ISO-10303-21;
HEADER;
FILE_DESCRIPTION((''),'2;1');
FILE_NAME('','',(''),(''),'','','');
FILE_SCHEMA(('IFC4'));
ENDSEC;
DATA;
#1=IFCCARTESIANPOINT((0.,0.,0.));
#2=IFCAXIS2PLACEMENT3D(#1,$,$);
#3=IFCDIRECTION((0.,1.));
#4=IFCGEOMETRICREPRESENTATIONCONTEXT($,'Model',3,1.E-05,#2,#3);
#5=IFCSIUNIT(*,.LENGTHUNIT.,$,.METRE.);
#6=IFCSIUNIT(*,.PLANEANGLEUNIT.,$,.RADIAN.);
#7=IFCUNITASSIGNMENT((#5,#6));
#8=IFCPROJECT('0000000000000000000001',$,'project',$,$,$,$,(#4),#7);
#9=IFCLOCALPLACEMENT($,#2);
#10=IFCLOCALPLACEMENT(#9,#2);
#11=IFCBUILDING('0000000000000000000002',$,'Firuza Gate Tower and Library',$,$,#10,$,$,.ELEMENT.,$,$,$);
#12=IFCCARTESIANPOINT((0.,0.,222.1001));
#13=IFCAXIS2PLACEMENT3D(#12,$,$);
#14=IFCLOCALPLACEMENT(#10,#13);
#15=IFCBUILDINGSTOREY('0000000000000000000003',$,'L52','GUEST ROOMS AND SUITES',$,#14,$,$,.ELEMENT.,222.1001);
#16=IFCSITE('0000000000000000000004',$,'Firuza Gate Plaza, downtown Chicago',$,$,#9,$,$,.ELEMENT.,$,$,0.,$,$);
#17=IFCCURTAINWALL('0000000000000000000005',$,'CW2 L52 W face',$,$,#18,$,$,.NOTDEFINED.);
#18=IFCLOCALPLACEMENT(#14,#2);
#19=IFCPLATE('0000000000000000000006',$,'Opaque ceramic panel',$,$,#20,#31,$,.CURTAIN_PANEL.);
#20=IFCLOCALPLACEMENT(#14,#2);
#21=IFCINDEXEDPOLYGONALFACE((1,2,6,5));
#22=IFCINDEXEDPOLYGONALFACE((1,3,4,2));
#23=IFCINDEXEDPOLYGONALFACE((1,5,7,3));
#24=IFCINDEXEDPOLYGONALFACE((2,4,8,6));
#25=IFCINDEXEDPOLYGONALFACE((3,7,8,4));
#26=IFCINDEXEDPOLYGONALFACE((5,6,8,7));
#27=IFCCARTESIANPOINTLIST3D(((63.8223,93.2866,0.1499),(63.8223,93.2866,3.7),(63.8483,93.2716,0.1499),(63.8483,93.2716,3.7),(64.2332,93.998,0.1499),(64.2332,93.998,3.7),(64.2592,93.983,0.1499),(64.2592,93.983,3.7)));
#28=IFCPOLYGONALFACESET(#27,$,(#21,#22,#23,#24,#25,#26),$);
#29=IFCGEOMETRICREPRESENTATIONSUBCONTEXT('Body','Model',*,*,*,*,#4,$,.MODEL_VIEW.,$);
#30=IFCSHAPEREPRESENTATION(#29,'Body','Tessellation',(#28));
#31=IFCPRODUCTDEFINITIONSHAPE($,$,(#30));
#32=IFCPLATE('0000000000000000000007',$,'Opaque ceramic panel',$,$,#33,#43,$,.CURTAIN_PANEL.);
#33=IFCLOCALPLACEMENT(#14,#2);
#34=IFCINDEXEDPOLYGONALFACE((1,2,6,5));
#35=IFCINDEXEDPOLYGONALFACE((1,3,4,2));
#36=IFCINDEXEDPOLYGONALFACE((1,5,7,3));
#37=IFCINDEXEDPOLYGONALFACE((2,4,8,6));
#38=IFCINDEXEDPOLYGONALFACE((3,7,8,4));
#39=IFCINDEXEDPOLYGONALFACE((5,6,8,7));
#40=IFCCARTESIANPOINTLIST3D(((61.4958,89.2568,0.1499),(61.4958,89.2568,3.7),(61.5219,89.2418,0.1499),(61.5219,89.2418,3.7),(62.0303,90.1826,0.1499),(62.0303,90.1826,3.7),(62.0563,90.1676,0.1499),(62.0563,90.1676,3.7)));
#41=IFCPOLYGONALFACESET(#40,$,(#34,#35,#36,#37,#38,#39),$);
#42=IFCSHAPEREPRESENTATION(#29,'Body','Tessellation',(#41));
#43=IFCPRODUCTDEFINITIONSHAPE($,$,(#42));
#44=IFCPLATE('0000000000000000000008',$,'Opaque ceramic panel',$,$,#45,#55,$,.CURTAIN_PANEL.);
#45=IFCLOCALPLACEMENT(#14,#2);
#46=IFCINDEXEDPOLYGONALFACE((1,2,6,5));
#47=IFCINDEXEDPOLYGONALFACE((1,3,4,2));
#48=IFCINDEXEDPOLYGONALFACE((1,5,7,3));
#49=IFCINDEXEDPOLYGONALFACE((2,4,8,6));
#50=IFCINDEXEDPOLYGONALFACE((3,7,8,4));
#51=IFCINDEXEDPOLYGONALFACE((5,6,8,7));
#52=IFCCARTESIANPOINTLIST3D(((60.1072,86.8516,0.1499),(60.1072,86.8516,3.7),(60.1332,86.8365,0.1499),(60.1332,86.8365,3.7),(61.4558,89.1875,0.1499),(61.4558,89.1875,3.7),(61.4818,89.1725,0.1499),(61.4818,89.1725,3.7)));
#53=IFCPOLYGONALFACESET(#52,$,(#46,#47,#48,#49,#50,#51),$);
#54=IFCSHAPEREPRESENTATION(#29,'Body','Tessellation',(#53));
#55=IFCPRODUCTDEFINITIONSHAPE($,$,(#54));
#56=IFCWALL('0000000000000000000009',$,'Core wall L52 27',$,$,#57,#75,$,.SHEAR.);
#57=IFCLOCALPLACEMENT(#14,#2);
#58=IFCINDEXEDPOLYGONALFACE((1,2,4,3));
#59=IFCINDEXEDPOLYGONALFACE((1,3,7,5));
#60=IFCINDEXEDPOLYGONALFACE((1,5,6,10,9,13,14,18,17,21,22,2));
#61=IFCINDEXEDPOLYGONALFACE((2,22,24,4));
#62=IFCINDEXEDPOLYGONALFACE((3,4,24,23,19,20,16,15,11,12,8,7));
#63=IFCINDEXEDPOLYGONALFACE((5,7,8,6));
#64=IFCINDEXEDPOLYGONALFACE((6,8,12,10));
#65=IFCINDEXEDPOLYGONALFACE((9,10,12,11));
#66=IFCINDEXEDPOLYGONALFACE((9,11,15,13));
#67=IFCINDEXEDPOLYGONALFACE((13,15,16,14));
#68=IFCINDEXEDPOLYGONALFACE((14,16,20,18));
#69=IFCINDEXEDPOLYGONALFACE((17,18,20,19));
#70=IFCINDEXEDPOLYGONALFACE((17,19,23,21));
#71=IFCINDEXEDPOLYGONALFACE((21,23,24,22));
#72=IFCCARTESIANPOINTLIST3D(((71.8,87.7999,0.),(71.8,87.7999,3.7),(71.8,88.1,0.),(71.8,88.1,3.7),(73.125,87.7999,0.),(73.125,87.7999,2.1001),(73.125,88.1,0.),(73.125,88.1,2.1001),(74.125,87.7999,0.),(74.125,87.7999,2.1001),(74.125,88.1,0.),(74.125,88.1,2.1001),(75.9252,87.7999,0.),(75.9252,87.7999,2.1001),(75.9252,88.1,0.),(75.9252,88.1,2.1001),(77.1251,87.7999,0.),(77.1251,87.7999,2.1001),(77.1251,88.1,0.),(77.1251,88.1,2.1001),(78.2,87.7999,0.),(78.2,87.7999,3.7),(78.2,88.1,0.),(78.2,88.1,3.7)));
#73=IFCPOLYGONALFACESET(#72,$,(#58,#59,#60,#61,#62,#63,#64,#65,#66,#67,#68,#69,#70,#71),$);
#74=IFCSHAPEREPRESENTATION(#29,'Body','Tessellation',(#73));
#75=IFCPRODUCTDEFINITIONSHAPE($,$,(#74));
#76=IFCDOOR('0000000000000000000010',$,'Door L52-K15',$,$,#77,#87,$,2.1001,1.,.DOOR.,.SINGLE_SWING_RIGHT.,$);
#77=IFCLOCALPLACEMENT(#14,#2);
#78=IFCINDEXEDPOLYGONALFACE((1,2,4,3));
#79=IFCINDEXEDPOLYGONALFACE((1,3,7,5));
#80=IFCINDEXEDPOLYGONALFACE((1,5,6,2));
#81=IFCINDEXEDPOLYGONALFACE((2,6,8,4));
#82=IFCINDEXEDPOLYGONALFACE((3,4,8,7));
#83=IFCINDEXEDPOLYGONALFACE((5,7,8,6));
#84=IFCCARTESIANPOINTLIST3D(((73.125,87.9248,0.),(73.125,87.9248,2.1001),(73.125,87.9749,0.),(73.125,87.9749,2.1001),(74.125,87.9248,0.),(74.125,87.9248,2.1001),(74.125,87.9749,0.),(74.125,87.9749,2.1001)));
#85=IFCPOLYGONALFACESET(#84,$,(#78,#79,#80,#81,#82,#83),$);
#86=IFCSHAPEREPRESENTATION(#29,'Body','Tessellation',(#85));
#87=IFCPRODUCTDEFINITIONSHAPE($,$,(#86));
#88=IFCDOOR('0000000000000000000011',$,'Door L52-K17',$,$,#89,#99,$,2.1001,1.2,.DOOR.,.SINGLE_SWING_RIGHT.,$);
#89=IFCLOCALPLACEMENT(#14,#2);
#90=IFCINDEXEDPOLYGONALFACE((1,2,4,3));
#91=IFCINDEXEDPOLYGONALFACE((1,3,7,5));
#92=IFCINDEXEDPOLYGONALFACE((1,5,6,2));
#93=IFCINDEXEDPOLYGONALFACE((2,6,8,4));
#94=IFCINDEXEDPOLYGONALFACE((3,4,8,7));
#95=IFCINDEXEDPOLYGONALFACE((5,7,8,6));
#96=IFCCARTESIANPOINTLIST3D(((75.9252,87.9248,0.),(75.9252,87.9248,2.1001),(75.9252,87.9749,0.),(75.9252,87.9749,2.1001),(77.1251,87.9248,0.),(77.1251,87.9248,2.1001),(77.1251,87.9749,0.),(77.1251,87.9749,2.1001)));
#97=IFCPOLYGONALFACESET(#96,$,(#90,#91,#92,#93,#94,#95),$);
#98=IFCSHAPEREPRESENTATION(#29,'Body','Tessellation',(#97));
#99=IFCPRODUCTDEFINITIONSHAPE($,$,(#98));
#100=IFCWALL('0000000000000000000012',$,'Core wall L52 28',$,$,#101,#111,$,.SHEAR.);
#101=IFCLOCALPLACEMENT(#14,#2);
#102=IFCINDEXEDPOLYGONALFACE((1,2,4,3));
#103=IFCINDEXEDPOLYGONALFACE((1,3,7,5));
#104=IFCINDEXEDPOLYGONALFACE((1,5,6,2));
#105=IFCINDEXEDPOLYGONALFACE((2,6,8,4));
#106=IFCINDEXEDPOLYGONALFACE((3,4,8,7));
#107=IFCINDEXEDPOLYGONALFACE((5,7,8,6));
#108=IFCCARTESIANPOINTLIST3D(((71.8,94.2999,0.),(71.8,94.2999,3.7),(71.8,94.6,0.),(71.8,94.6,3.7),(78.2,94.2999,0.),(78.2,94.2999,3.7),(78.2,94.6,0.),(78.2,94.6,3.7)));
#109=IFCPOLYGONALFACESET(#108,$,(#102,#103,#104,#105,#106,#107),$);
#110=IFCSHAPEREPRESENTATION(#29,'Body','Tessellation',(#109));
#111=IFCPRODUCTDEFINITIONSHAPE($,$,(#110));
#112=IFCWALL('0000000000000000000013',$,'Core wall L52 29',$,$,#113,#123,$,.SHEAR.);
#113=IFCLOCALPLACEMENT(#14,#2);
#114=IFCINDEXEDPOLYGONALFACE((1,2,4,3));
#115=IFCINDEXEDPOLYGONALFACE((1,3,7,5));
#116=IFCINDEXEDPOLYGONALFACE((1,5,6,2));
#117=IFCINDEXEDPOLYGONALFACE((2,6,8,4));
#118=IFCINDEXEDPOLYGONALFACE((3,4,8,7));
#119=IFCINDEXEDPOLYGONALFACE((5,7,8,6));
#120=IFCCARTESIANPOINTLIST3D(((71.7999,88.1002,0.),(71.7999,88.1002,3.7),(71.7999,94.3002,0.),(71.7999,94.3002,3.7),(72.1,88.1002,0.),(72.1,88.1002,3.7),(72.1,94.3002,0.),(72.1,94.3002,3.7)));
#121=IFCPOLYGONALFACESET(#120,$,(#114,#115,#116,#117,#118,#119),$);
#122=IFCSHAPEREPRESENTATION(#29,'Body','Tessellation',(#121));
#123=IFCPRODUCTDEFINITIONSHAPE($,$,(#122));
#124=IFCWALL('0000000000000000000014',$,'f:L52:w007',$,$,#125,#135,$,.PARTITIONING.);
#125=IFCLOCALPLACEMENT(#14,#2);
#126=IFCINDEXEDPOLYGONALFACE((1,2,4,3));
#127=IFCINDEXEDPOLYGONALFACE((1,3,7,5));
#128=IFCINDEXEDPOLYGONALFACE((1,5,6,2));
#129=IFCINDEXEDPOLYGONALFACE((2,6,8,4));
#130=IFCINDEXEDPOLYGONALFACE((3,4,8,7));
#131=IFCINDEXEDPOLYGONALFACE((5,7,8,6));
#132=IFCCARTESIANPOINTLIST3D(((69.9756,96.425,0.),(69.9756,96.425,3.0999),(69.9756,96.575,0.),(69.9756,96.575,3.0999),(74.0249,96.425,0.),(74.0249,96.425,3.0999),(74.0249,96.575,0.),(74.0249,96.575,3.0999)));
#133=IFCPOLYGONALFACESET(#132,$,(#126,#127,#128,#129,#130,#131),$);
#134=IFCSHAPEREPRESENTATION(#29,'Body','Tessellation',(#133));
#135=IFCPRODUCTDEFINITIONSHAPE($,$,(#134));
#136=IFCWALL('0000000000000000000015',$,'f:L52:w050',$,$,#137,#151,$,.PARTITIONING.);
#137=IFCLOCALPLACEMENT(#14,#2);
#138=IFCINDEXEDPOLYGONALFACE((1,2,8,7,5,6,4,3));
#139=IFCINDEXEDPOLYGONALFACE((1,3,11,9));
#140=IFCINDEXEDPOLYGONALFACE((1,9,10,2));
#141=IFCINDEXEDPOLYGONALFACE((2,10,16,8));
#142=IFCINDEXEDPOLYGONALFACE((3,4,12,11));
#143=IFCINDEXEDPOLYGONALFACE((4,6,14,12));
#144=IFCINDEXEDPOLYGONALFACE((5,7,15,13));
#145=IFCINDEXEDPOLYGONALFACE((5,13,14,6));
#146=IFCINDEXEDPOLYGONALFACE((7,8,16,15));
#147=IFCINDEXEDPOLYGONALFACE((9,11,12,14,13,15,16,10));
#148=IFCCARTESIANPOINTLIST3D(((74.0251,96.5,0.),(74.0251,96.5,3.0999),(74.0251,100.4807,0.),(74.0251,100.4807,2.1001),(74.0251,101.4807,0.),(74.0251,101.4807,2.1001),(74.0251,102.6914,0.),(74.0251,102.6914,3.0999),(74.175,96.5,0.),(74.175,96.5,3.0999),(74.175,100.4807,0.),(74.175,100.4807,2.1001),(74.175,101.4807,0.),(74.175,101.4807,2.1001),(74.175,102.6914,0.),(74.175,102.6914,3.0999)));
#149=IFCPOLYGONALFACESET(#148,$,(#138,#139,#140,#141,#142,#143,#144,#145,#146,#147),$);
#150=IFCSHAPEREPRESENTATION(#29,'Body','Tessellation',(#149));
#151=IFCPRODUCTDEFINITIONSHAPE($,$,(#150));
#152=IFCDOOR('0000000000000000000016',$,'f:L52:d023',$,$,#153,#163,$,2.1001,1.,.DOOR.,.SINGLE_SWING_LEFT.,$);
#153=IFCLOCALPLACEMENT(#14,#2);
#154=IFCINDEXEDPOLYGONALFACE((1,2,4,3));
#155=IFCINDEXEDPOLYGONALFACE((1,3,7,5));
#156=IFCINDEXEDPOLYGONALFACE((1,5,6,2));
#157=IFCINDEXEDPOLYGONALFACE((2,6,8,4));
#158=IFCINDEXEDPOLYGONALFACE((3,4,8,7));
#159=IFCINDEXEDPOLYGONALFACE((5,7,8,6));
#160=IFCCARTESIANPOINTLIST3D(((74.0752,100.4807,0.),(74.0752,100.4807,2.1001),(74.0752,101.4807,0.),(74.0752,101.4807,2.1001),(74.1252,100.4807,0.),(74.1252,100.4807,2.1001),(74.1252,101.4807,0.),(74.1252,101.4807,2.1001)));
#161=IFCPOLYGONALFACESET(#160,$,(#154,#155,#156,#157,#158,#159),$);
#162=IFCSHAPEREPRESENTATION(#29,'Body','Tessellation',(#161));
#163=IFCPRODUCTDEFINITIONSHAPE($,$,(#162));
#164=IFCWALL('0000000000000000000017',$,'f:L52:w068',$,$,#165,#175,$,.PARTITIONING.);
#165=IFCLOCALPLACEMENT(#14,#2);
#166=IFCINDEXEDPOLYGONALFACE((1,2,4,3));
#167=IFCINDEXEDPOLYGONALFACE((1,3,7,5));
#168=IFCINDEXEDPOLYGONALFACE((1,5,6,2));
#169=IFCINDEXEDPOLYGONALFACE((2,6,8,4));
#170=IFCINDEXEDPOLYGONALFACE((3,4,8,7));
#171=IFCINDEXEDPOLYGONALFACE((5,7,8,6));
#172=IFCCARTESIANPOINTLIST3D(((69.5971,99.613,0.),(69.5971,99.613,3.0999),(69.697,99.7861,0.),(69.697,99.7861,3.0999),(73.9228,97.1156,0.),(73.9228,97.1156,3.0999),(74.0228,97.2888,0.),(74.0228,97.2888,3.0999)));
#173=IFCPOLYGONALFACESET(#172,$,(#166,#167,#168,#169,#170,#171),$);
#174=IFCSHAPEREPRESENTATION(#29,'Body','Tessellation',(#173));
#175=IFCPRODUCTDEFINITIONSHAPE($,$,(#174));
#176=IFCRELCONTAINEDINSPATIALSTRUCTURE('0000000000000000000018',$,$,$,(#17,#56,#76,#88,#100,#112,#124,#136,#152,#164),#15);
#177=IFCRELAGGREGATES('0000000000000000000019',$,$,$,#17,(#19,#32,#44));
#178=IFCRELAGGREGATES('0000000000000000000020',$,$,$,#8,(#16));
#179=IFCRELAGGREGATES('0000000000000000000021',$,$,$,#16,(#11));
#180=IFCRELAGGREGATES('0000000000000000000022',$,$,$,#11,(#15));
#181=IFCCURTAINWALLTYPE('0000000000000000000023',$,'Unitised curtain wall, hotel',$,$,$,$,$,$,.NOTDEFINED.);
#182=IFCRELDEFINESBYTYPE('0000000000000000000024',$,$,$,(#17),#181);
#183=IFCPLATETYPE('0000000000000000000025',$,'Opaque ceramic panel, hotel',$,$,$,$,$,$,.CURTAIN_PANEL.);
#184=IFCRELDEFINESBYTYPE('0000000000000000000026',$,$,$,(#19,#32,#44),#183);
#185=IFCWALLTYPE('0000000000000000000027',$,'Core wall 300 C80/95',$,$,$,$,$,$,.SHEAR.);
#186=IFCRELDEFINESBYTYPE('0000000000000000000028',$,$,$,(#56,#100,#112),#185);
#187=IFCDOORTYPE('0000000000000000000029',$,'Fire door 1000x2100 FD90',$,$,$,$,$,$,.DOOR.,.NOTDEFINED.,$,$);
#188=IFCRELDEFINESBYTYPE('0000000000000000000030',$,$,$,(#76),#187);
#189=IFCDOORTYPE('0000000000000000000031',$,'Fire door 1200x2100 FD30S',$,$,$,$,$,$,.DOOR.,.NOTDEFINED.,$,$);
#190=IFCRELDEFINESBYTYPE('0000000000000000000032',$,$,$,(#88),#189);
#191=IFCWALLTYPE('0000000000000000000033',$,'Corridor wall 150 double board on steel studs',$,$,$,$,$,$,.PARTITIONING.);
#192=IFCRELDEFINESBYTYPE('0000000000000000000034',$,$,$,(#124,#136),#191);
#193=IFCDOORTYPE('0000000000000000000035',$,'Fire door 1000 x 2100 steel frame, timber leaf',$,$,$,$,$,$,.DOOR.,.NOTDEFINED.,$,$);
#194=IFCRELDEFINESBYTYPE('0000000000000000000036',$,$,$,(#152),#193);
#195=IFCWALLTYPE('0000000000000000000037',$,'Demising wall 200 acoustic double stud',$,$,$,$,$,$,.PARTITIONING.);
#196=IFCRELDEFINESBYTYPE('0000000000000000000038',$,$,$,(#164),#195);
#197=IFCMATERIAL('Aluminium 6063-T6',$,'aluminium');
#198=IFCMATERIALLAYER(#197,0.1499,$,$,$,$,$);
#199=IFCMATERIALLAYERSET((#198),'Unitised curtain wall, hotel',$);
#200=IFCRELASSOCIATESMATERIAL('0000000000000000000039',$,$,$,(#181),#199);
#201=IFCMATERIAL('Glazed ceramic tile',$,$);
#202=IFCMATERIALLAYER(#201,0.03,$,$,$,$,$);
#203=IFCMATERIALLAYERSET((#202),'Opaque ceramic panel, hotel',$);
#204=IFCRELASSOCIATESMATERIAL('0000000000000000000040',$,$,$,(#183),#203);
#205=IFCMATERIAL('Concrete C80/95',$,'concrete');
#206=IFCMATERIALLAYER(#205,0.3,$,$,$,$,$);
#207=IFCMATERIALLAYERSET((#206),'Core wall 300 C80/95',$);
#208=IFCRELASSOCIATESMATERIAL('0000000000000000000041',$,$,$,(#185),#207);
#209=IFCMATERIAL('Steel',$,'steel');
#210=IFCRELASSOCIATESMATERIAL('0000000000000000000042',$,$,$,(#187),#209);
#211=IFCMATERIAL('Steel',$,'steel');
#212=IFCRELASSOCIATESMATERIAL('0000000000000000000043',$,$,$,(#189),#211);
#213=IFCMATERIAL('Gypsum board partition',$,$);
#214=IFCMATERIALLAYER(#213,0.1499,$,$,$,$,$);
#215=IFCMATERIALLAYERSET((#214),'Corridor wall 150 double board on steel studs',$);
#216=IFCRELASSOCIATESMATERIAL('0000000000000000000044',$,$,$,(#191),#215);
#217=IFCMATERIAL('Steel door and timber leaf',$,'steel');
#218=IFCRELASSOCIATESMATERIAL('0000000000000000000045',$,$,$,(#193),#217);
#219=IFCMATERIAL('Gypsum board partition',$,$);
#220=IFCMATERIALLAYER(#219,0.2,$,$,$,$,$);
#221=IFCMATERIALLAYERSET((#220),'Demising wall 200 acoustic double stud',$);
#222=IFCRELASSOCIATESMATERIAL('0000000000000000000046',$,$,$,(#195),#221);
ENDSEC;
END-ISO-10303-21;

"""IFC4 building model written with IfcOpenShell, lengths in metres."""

from ifc_helpers import new_model, si_unit, direction, frame, frame_2d, origin, place, context, subcontext, project, spatial, polyline, rectangle, outline, extrude, material, layer, layer_set, type_object, element, fill, aggregate, save


model = new_model("IFC4")

# Units and contexts
model_context = context("Model", 3, precision=1e-05, world=origin(), true_north=direction((0.0, 1.0)))
body_context = subcontext(model_context, "Body", "Model", "MODEL_VIEW")
ifc_project = project(units=[si_unit("LENGTHUNIT", "METRE"), si_unit("PLANEANGLEUNIT", "RADIAN")], contexts=[model_context])

# Site, building, storey
site_placement = place(None, origin())
site = spatial("IfcSite", under=ifc_project, at=site_placement, Name="Firuza Gate Plaza, downtown Chicago", CompositionType="ELEMENT", RefElevation=0.0)
building_placement = place(site_placement, origin())
building = spatial("IfcBuilding", under=site, at=building_placement, Name="Firuza Gate Tower and Library", CompositionType="ELEMENT")
storey_placement = place(building_placement, frame((0.0, 0.0, 222.1001)))
storey = spatial("IfcBuildingStorey", under=building, at=storey_placement, Name="L52", Description="GUEST ROOMS AND SUITES", CompositionType="ELEMENT", Elevation=222.1001)

# Curtain wall
ifc_material_1 = material(Name="Aluminium 6063-T6", Category="aluminium")
ifc_layer_1 = layer(ifc_material_1, 0.1499)
ifc_layer_set_1 = layer_set([ifc_layer_1], Name="Unitised curtain wall, hotel")
curtain_wall_type = type_object("IfcCurtainWallType", Name="Unitised curtain wall, hotel", PredefinedType="NOTDEFINED", material=ifc_layer_set_1)
placement = place(storey_placement, origin())
curtain_wall = element("IfcCurtainWall", 1, at=placement, inside=storey, type_object=curtain_wall_type, Name="CW2 L52 W face", PredefinedType="NOTDEFINED")

# Plates
ifc_material_2 = material(Name="Glazed ceramic tile")
ifc_layer_2 = layer(ifc_material_2, 0.03)
ifc_layer_set_2 = layer_set([ifc_layer_2], Name="Opaque ceramic panel, hotel")
plate_type_1 = type_object("IfcPlateType", Name="Opaque ceramic panel, hotel", PredefinedType="CURTAIN_PANEL", material=ifc_layer_set_2)
plate_1_placement = place(storey_placement, frame((64.2332, 93.998, 0.1499), z_axis=(-0.865948, 0.500134, 0.0), x_axis=(-0.500134, -0.865948, 0.0)))
plate_1 = element("IfcPlate", 2, at=plate_1_placement, type_object=plate_type_1, Name="Opaque ceramic panel", PredefinedType="CURTAIN_PANEL", context=body_context, shape_type="SweptSolid", body=[
    extrude(outline(polyline([(0.0, 0.0), (0.8216, 0.0), (0.8216, 3.55), (0.0, 3.55), (0.0, 0.0)])), origin(), (0.0, 0.0, -1.0), 0.03),
])
plate_2_placement = place(storey_placement, frame((62.0303, 90.1826, 0.1499), z_axis=(-0.866056, 0.499947, 0.0), x_axis=(-0.499947, -0.866056, 0.0)))
plate_2 = element("IfcPlate", 3, at=plate_2_placement, type_object=plate_type_1, Name="Opaque ceramic panel", PredefinedType="CURTAIN_PANEL", context=body_context, shape_type="SweptSolid", body=[
    extrude(outline(polyline([(0.0, 0.0), (1.069, 0.0), (1.069, 3.55), (0.0, 3.55), (0.0, 0.0)])), origin(), (0.0, 0.0, -1.0), 0.03),
])
plate_3_placement = place(storey_placement, frame((61.4558, 89.1875, 0.1499), z_axis=(-0.866029, 0.499994, 0.0), x_axis=(-0.499994, -0.866029, 0.0)))
plate_3 = element("IfcPlate", 4, at=plate_3_placement, type_object=plate_type_1, Name="Opaque ceramic panel", PredefinedType="CURTAIN_PANEL", context=body_context, shape_type="SweptSolid", body=[
    extrude(outline(polyline([(0.0, 0.0), (2.6973, 0.0), (2.6973, 3.55), (0.0, 3.55), (0.0, 0.0)])), origin(), (0.0, 0.0, -1.0), 0.03),
])
aggregate(curtain_wall, [plate_1, plate_2, plate_3])

# Wall, openings, doors
ifc_material_3 = material(Name="Concrete C80/95", Category="concrete")
ifc_layer_3 = layer(ifc_material_3, 0.3)
ifc_layer_set_3 = layer_set([ifc_layer_3], Name="Core wall 300 C80/95")
wall_type_1 = type_object("IfcWallType", Name="Core wall 300 C80/95", PredefinedType="SHEAR", material=ifc_layer_set_3)
wall_1_placement = place(storey_placement, frame((71.8, 87.95, 0.0), z_axis=(0.0, 0.0, 1.0), x_axis=(1.0, 0.0, 0.0)))
wall_1 = element("IfcWall", 5, at=wall_1_placement, inside=storey, type_object=wall_type_1, Name="Core wall L52 27", PredefinedType="SHEAR", context=body_context, shape_type="SweptSolid", body=[
    extrude(rectangle(XDim=6.3999, YDim=0.3, at=frame_2d((3.2, 0.0))), origin(), (0.0, 0.0, 1.0), 3.7),
])
opening_1_placement = place(wall_1_placement, frame((1.325, 0.0, 0.0)))
opening_1 = element("IfcOpeningElement", 6, at=opening_1_placement, cuts=wall_1, PredefinedType="OPENING", context=body_context, shape_type="SweptSolid", body=[
    extrude(rectangle(XDim=1.0, YDim=2.1001, at=frame_2d((0.5, 1.05))), frame((0.0, 0.1602, 0.0), z_axis=(0.0, -1.0, 0.0), x_axis=(1.0, 0.0, 0.0)), (0.0, 0.0, 1.0), 0.3201),
])
opening_2_placement = place(wall_1_placement, frame((4.125, 0.0, 0.0)))
opening_2 = element("IfcOpeningElement", 7, at=opening_2_placement, cuts=wall_1, PredefinedType="OPENING", context=body_context, shape_type="SweptSolid", body=[
    extrude(rectangle(XDim=1.2, YDim=2.1001, at=frame_2d((0.6001, 1.05))), frame((0.0, 0.1602, 0.0), z_axis=(0.0, -1.0, 0.0), x_axis=(1.0, 0.0, 0.0)), (0.0, 0.0, 1.0), 0.3201),
])
ifc_material_4 = material(Name="Steel", Category="steel")
door_type_1 = type_object("IfcDoorType", Name="Fire door 1000x2100 FD90", OperationType="NOTDEFINED", PredefinedType="DOOR", material=ifc_material_4)
door_1_placement = place(opening_1_placement, origin())
door_1 = element("IfcDoor", 8, at=door_1_placement, inside=storey, type_object=door_type_1, Name="Door L52-K15", OperationType="SINGLE_SWING_RIGHT", OverallHeight=2.1001, OverallWidth=1.0, PredefinedType="DOOR", context=body_context, shape_type="SweptSolid", body=[
    extrude(rectangle(XDim=1.0, YDim=2.1001, at=frame_2d((0.5, 1.05))), frame((0.0, 0.0249, 0.0), z_axis=(0.0, -1.0, 0.0), x_axis=(1.0, 0.0, 0.0)), (0.0, 0.0, 1.0), 0.05),
])
fill(opening_1, door_1)
ifc_material_5 = material(Name="Steel", Category="steel")
door_type_2 = type_object("IfcDoorType", Name="Fire door 1200x2100 FD30S", OperationType="NOTDEFINED", PredefinedType="DOOR", material=ifc_material_5)
door_2_placement = place(opening_2_placement, origin())
door_2 = element("IfcDoor", 9, at=door_2_placement, inside=storey, type_object=door_type_2, Name="Door L52-K17", OperationType="SINGLE_SWING_RIGHT", OverallHeight=2.1001, OverallWidth=1.2, PredefinedType="DOOR", context=body_context, shape_type="SweptSolid", body=[
    extrude(rectangle(XDim=1.2, YDim=2.1001, at=frame_2d((0.6001, 1.05))), frame((0.0, 0.0249, 0.0), z_axis=(0.0, -1.0, 0.0), x_axis=(1.0, 0.0, 0.0)), (0.0, 0.0, 1.0), 0.05),
])
fill(opening_2, door_2)

# Walls
wall_2_placement = place(storey_placement, frame((71.8, 94.45, 0.0), z_axis=(0.0, 0.0, 1.0), x_axis=(1.0, 0.0, 0.0)))
element("IfcWall", 10, at=wall_2_placement, inside=storey, type_object=wall_type_1, Name="Core wall L52 28", PredefinedType="SHEAR", context=body_context, shape_type="SweptSolid", body=[
    extrude(rectangle(XDim=6.3999, YDim=0.3, at=frame_2d((3.2, 0.0))), origin(), (0.0, 0.0, 1.0), 3.7),
])
wall_3_placement = place(storey_placement, frame((71.95, 88.1001, 0.0), z_axis=(0.0, 0.0, 1.0), x_axis=(0.0, 1.0, 0.0)))
element("IfcWall", 11, at=wall_3_placement, inside=storey, type_object=wall_type_1, Name="Core wall L52 29", PredefinedType="SHEAR", context=body_context, shape_type="SweptSolid", body=[
    extrude(rectangle(XDim=6.2, YDim=0.3, at=frame_2d((3.1001, 0.0))), origin(), (0.0, 0.0, 1.0), 3.7),
])
ifc_material_6 = material(Name="Gypsum board partition")
ifc_layer_4 = layer(ifc_material_6, 0.1499)
ifc_layer_set_4 = layer_set([ifc_layer_4], Name="Corridor wall 150 double board on steel studs")
wall_type_2 = type_object("IfcWallType", Name="Corridor wall 150 double board on steel studs", PredefinedType="PARTITIONING", material=ifc_layer_set_4)
wall_4_placement = place(storey_placement, frame((69.9756, 96.5, 0.0), z_axis=(0.0, 0.0, 1.0), x_axis=(1.0, 0.0, 0.0)))
element("IfcWall", 12, at=wall_4_placement, inside=storey, type_object=wall_type_2, Name="f:L52:w007", PredefinedType="PARTITIONING", context=body_context, shape_type="SweptSolid", body=[
    extrude(rectangle(XDim=4.0493, YDim=0.1499, at=frame_2d((2.0247, 0.0))), origin(), (0.0, 0.0, 1.0), 3.0999),
])

# Wall, opening, door
wall_5_placement = place(storey_placement, frame((74.1001, 96.5, 0.0), z_axis=(0.0, 0.0, 1.0), x_axis=(0.0, 1.0, 0.0)))
wall_5 = element("IfcWall", 13, at=wall_5_placement, inside=storey, type_object=wall_type_2, Name="f:L52:w050", PredefinedType="PARTITIONING", context=body_context, shape_type="SweptSolid", body=[
    extrude(rectangle(XDim=6.1914, YDim=0.1499, at=frame_2d((3.0957, 0.0))), origin(), (0.0, 0.0, 1.0), 3.0999),
])
opening_3_placement = place(wall_5_placement, frame((3.9807, 0.0, 0.0)))
opening_3 = element("IfcOpeningElement", 14, at=opening_3_placement, cuts=wall_5, PredefinedType="OPENING", context=body_context, shape_type="SweptSolid", body=[
    extrude(rectangle(XDim=1.0, YDim=2.1001, at=frame_2d((0.5, 1.05))), frame((0.0, 0.085, 0.0), z_axis=(0.0, -1.0, 0.0), x_axis=(1.0, 0.0, 0.0)), (0.0, 0.0, 1.0), 0.1699),
])
ifc_material_7 = material(Name="Steel door and timber leaf", Category="steel")
door_type_3 = type_object("IfcDoorType", Name="Fire door 1000 x 2100 steel frame, timber leaf", OperationType="NOTDEFINED", PredefinedType="DOOR", material=ifc_material_7)
door_3_placement = place(opening_3_placement, origin())
door_3 = element("IfcDoor", 15, at=door_3_placement, inside=storey, type_object=door_type_3, Name="f:L52:d023", OperationType="SINGLE_SWING_LEFT", OverallHeight=2.1001, OverallWidth=1.0, PredefinedType="DOOR", context=body_context, shape_type="SweptSolid", body=[
    extrude(rectangle(XDim=1.0, YDim=2.1001, at=frame_2d((0.5, 1.05))), frame((0.0, 0.0249, 0.0), z_axis=(0.0, -1.0, 0.0), x_axis=(1.0, 0.0, 0.0)), (0.0, 0.0, 1.0), 0.05),
])
fill(opening_3, door_3)

# Wall
ifc_material_8 = material(Name="Gypsum board partition")
ifc_layer_5 = layer(ifc_material_8, 0.2)
ifc_layer_set_5 = layer_set([ifc_layer_5], Name="Demising wall 200 acoustic double stud")
wall_type_3 = type_object("IfcWallType", Name="Demising wall 200 acoustic double stud", PredefinedType="PARTITIONING", material=ifc_layer_set_5)
wall_6_placement = place(storey_placement, frame((73.9729, 97.2021, 0.0), z_axis=(0.0, 0.0, 1.0), x_axis=(-0.866036, 0.499982, 0.0)))
element("IfcWall", 16, at=wall_6_placement, inside=storey, type_object=wall_type_3, Name="f:L52:w068", PredefinedType="PARTITIONING", context=body_context, shape_type="SweptSolid", body=[
    extrude(rectangle(XDim=4.9949, YDim=0.2, at=frame_2d((2.4976, 0.0))), origin(), (0.0, 0.0, 1.0), 3.0999),
])

save(model, "model.ifc")
